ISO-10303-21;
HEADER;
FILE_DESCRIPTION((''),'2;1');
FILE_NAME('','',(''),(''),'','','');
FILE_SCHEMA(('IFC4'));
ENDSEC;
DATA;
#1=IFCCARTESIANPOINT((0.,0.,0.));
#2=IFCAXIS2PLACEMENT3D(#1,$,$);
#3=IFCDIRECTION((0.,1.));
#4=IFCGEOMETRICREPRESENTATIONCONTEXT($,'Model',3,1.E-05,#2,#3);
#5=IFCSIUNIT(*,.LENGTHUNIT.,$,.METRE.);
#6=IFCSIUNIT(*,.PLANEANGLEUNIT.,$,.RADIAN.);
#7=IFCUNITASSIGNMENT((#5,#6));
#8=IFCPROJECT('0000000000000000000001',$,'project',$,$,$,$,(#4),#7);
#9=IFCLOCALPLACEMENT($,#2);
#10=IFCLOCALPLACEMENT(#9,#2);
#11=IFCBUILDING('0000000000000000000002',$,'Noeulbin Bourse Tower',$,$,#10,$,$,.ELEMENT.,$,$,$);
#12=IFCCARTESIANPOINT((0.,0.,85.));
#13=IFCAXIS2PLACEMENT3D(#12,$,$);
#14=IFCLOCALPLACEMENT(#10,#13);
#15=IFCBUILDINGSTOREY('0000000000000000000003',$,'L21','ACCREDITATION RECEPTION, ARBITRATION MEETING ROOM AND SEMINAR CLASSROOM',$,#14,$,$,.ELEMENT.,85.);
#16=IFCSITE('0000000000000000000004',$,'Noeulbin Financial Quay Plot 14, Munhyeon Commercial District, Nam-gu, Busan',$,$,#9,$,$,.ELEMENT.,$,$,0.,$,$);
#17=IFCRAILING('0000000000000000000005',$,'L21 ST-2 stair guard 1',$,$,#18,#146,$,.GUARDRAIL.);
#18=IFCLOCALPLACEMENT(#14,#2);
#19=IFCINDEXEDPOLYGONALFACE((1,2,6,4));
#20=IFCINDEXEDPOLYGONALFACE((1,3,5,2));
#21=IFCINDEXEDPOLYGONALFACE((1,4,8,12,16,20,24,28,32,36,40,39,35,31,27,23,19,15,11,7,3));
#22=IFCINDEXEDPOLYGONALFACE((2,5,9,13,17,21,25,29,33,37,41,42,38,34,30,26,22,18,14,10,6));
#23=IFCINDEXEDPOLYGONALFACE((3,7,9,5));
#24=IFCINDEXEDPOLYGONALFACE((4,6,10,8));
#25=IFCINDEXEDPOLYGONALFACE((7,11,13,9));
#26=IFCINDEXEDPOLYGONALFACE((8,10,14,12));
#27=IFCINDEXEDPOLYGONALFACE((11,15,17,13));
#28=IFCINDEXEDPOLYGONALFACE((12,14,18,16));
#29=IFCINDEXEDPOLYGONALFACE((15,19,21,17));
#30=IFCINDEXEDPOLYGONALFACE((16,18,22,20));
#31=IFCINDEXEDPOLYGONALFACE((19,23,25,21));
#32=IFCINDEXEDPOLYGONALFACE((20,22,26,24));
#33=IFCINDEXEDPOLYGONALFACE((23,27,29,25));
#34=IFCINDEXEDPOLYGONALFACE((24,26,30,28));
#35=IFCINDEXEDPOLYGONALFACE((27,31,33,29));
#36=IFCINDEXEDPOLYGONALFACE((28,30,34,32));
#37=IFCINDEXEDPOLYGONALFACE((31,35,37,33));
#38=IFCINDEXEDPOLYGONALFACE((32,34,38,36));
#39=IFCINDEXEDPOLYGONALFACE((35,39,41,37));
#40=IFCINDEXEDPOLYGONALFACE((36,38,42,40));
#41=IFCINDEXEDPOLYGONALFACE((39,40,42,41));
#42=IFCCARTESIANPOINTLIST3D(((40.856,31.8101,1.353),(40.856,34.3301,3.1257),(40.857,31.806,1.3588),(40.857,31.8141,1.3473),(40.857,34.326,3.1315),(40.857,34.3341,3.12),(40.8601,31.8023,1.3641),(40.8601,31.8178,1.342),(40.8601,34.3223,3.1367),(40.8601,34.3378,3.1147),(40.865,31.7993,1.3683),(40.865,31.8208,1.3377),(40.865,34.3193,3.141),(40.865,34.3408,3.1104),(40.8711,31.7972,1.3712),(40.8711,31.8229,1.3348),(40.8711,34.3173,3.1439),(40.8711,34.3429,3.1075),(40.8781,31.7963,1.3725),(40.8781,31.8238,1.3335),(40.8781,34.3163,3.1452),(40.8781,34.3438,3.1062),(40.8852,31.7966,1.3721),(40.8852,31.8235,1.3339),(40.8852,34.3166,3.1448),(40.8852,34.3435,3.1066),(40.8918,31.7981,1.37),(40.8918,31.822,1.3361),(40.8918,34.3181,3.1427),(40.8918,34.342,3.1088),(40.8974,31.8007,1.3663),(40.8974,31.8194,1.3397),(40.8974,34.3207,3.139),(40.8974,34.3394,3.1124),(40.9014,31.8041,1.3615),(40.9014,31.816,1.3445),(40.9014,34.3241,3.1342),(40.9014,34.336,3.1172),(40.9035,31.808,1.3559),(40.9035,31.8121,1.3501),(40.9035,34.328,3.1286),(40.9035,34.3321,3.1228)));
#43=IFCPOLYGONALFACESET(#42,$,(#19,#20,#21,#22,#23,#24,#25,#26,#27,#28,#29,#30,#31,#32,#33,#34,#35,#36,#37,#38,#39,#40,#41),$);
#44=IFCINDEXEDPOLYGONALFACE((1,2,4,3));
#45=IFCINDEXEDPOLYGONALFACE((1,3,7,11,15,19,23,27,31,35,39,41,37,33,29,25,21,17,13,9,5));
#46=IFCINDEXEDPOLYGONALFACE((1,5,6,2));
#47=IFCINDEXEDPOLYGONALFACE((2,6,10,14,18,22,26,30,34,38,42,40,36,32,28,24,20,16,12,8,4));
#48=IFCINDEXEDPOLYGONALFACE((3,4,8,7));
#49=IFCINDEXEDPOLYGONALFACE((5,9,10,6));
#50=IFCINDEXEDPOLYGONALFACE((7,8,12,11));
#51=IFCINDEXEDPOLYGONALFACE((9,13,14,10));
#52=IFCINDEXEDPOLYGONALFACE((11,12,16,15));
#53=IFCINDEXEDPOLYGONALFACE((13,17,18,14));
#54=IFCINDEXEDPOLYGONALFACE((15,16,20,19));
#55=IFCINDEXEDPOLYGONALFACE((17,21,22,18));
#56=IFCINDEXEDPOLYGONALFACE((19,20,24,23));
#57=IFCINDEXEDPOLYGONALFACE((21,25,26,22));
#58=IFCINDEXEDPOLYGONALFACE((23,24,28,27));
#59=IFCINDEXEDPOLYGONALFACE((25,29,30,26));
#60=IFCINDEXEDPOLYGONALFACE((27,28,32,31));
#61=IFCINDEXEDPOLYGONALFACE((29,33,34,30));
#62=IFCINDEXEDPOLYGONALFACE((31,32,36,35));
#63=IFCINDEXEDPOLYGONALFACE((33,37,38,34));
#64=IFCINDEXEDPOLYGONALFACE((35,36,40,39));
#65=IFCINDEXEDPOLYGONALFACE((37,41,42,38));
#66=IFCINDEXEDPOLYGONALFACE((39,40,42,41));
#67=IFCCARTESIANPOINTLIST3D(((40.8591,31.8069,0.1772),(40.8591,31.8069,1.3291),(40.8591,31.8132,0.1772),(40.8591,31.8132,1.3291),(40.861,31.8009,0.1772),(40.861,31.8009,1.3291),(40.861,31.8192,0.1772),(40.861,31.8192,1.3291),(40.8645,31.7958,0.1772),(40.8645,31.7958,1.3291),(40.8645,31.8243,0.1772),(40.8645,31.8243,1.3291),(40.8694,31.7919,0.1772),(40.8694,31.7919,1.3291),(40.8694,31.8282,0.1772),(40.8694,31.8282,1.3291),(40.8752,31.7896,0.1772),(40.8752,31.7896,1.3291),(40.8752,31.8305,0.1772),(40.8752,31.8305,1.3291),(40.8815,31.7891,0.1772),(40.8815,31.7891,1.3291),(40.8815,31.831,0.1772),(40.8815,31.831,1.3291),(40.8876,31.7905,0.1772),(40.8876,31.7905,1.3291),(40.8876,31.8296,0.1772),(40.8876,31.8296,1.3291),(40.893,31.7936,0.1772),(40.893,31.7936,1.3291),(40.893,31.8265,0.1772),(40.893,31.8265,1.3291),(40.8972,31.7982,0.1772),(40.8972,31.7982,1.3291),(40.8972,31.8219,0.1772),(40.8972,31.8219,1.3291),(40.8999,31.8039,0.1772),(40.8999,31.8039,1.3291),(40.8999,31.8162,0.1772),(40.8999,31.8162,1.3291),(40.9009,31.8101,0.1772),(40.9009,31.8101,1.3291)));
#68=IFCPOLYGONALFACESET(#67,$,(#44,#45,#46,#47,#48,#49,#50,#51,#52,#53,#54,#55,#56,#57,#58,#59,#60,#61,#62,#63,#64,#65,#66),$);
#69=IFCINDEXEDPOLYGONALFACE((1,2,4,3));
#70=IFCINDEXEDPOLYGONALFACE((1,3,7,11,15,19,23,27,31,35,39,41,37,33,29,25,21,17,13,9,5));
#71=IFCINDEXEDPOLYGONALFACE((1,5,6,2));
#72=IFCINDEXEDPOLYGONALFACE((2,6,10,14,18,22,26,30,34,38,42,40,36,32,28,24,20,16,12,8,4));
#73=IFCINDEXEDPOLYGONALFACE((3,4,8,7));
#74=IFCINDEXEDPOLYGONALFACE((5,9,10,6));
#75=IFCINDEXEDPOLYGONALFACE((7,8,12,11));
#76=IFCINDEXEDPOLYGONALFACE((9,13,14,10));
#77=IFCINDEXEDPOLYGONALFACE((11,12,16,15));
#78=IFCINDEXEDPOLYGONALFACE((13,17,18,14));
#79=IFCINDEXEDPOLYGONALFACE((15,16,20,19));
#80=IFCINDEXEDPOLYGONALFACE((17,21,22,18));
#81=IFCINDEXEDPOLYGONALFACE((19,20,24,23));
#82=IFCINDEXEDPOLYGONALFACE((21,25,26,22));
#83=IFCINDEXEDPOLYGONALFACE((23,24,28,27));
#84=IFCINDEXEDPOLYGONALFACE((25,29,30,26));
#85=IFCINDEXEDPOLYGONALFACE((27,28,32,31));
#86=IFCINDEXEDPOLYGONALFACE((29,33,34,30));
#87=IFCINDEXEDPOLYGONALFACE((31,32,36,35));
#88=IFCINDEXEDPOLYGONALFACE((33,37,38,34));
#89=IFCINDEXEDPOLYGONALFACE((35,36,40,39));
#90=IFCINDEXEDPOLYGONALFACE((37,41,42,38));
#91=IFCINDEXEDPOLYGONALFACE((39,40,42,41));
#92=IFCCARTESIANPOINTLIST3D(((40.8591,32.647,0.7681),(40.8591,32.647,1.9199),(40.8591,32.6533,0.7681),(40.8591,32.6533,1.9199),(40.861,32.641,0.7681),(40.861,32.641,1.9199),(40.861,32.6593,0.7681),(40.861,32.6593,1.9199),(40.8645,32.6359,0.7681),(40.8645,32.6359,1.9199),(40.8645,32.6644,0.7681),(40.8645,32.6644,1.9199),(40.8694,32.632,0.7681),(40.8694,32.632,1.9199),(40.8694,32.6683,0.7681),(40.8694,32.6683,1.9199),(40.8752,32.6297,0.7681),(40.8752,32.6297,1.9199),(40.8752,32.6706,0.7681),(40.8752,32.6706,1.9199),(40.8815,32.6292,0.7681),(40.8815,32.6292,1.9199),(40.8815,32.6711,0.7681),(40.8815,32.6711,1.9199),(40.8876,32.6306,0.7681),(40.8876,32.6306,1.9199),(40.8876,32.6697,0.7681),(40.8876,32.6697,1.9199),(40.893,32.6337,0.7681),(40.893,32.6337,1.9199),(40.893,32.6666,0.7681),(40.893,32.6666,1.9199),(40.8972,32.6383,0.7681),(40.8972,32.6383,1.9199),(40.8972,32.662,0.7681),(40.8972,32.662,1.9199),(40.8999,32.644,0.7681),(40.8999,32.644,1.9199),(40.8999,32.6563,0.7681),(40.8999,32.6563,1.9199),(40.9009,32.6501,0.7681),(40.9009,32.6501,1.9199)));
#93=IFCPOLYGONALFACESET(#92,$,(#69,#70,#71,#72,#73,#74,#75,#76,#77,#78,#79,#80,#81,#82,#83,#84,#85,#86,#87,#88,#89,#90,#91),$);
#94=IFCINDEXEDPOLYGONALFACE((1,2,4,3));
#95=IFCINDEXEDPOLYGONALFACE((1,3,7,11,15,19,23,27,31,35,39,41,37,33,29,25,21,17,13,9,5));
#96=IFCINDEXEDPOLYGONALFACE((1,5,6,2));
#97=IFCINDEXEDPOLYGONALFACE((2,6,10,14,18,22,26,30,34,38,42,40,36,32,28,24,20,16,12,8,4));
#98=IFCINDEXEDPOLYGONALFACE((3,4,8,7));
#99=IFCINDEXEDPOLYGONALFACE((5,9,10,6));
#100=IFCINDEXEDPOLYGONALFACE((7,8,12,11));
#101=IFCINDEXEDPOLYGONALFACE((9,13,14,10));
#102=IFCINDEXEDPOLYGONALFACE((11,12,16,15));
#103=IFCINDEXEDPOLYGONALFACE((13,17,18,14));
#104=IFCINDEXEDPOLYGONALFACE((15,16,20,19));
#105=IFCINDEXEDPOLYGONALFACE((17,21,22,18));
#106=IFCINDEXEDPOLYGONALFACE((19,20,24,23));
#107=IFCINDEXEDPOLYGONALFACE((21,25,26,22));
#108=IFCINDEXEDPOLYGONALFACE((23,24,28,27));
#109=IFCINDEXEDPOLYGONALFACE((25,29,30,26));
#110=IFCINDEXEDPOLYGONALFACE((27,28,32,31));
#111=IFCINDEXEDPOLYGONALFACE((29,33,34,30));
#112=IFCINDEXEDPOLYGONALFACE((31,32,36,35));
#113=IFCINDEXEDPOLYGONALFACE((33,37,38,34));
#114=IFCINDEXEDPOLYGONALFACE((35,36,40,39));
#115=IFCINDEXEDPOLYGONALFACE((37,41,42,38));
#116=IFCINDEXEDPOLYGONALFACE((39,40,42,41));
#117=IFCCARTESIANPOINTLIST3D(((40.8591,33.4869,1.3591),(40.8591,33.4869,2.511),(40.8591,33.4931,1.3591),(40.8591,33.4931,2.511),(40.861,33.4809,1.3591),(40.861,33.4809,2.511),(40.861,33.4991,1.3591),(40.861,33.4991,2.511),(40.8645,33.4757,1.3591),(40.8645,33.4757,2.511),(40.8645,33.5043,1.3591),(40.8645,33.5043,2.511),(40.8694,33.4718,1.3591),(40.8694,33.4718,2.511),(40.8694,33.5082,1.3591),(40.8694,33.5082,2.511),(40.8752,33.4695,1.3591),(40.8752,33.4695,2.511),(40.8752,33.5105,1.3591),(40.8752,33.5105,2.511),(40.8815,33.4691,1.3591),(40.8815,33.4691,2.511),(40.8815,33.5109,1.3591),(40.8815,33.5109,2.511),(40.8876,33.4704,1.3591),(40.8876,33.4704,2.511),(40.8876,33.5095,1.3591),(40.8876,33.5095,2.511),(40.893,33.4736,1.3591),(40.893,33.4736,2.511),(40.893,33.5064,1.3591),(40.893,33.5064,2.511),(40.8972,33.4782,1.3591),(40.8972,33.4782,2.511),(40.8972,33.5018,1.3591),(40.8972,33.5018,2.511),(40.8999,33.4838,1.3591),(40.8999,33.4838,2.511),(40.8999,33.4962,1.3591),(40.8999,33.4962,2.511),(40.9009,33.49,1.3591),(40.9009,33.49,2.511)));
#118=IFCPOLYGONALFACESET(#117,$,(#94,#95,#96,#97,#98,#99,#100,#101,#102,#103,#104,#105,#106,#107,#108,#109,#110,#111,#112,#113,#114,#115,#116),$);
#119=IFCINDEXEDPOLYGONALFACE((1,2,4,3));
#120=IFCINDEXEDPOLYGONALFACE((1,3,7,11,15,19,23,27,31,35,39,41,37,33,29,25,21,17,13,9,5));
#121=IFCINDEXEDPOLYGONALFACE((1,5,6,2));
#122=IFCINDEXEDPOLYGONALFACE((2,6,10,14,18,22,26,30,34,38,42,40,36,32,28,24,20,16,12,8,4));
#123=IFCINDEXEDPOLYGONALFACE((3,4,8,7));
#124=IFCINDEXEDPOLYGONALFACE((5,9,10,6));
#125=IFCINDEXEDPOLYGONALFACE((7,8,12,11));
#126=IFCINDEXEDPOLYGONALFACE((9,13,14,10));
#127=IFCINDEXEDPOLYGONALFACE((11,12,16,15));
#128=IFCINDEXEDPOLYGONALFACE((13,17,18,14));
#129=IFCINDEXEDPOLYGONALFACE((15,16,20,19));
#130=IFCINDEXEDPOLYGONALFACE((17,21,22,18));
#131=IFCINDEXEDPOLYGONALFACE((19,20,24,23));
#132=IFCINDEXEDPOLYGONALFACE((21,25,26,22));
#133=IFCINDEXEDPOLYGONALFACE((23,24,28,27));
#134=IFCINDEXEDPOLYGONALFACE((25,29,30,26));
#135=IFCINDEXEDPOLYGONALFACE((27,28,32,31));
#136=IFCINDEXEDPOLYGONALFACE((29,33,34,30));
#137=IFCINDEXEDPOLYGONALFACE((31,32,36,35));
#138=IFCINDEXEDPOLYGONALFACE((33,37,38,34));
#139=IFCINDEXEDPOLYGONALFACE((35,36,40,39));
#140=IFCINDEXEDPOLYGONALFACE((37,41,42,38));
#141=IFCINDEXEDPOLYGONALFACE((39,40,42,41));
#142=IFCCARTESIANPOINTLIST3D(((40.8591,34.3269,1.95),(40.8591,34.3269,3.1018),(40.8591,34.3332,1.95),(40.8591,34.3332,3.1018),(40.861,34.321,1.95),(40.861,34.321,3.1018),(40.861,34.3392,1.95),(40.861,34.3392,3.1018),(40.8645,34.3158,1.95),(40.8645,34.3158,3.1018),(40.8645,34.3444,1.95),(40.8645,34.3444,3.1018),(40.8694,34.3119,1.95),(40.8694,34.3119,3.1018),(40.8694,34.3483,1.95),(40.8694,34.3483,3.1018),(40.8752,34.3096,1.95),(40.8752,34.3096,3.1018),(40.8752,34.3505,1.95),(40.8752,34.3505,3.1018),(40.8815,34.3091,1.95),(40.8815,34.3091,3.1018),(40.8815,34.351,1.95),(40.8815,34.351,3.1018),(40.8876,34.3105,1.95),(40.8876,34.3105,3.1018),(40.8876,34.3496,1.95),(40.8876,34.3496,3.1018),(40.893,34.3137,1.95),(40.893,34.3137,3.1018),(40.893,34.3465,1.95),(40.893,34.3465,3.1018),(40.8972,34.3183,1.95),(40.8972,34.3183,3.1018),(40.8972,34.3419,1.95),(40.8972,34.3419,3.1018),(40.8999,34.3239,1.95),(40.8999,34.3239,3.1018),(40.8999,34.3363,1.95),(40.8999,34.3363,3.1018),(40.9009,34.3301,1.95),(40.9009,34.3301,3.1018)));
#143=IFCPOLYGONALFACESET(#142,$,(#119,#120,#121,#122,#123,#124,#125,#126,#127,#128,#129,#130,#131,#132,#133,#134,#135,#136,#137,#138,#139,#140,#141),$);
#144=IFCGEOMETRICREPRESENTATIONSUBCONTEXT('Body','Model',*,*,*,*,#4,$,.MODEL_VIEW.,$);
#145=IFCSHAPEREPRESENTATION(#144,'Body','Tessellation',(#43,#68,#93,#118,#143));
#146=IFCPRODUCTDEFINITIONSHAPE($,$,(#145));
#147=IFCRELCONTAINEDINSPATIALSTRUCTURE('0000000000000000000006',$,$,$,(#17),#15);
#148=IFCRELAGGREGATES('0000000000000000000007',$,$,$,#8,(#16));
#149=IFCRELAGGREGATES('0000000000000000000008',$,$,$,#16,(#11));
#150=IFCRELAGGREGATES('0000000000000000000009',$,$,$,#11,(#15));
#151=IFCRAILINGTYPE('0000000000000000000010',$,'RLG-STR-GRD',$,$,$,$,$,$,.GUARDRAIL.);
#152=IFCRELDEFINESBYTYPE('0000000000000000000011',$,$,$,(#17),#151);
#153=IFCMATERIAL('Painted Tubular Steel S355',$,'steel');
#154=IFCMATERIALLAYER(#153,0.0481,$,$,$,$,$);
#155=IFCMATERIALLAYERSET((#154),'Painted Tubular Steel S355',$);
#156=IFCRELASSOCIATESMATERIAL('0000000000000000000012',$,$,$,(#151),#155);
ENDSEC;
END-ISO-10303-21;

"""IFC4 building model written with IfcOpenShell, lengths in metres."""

from ifc_helpers import new_model, si_unit, direction, frame, origin, origin_2d, place, context, subcontext, project, spatial, circle, extrude, material, layer, layer_set, type_object, element, save


model = new_model("IFC4")

# Units and contexts
model_context = context("Model", 3, precision=1e-05, world=origin(), true_north=direction((0.0, 1.0)))
body_context = subcontext(model_context, "Body", "Model", "MODEL_VIEW")
ifc_project = project(units=[si_unit("LENGTHUNIT", "METRE"), si_unit("PLANEANGLEUNIT", "RADIAN")], contexts=[model_context])

# Site, building, storey
site_placement = place(None, origin())
site = spatial("IfcSite", under=ifc_project, at=site_placement, Name="Noeulbin Financial Quay Plot 14, Munhyeon Commercial District, Nam-gu, Busan", CompositionType="ELEMENT", RefElevation=0.0)
building_placement = place(site_placement, origin())
building = spatial("IfcBuilding", under=site, at=building_placement, Name="Noeulbin Bourse Tower", CompositionType="ELEMENT")
storey_placement = place(building_placement, frame((0.0, 0.0, 85.0)))
storey = spatial("IfcBuildingStorey", under=building, at=storey_placement, Name="L21", Description="ACCREDITATION RECEPTION, ARBITRATION MEETING ROOM AND SEMINAR CLASSROOM", CompositionType="ELEMENT", Elevation=85.0)

# Railing
ifc_material_1 = material(Name="Painted Tubular Steel S355", Category="steel")
ifc_layer_1 = layer(ifc_material_1, 0.0481)
ifc_layer_set_1 = layer_set([ifc_layer_1], Name="Painted Tubular Steel S355")
railing_type_1 = type_object("IfcRailingType", Name="RLG-STR-GRD", PredefinedType="GUARDRAIL", material=ifc_layer_set_1)
railing_1_placement = place(storey_placement, frame((40.8799, 31.8101, 0.1772)))
element("IfcRailing", 1, at=railing_1_placement, inside=storey, type_object=railing_type_1, Name="L21 ST-2 stair guard 1", PredefinedType="GUARDRAIL", context=body_context, shape_type="SweptSolid", body=[
    extrude(circle(Radius=0.0239, at=origin_2d()), frame((0.0, 0.0, 1.1758), z_axis=(0.0, 0.817904, 0.575354), x_axis=(-1.0, 0.0, 0.0)), (0.0, 0.0, 1.0), 3.0811),
    extrude(circle(Radius=0.021, at=origin_2d()), origin(), (0.0, 0.0, 1.0), 1.1519),
    extrude(circle(Radius=0.021, at=origin_2d()), frame((0.0, 0.8401, 0.5908)), (0.0, 0.0, 1.0), 1.1519),
    extrude(circle(Radius=0.021, at=origin_2d()), frame((0.0, 1.6799, 1.1819)), (0.0, 0.0, 1.0), 1.1519),
    extrude(circle(Radius=0.021, at=origin_2d()), frame((0.0, 2.52, 1.7727)), (0.0, 0.0, 1.0), 1.1519),
])

save(model, "model.ifc")
